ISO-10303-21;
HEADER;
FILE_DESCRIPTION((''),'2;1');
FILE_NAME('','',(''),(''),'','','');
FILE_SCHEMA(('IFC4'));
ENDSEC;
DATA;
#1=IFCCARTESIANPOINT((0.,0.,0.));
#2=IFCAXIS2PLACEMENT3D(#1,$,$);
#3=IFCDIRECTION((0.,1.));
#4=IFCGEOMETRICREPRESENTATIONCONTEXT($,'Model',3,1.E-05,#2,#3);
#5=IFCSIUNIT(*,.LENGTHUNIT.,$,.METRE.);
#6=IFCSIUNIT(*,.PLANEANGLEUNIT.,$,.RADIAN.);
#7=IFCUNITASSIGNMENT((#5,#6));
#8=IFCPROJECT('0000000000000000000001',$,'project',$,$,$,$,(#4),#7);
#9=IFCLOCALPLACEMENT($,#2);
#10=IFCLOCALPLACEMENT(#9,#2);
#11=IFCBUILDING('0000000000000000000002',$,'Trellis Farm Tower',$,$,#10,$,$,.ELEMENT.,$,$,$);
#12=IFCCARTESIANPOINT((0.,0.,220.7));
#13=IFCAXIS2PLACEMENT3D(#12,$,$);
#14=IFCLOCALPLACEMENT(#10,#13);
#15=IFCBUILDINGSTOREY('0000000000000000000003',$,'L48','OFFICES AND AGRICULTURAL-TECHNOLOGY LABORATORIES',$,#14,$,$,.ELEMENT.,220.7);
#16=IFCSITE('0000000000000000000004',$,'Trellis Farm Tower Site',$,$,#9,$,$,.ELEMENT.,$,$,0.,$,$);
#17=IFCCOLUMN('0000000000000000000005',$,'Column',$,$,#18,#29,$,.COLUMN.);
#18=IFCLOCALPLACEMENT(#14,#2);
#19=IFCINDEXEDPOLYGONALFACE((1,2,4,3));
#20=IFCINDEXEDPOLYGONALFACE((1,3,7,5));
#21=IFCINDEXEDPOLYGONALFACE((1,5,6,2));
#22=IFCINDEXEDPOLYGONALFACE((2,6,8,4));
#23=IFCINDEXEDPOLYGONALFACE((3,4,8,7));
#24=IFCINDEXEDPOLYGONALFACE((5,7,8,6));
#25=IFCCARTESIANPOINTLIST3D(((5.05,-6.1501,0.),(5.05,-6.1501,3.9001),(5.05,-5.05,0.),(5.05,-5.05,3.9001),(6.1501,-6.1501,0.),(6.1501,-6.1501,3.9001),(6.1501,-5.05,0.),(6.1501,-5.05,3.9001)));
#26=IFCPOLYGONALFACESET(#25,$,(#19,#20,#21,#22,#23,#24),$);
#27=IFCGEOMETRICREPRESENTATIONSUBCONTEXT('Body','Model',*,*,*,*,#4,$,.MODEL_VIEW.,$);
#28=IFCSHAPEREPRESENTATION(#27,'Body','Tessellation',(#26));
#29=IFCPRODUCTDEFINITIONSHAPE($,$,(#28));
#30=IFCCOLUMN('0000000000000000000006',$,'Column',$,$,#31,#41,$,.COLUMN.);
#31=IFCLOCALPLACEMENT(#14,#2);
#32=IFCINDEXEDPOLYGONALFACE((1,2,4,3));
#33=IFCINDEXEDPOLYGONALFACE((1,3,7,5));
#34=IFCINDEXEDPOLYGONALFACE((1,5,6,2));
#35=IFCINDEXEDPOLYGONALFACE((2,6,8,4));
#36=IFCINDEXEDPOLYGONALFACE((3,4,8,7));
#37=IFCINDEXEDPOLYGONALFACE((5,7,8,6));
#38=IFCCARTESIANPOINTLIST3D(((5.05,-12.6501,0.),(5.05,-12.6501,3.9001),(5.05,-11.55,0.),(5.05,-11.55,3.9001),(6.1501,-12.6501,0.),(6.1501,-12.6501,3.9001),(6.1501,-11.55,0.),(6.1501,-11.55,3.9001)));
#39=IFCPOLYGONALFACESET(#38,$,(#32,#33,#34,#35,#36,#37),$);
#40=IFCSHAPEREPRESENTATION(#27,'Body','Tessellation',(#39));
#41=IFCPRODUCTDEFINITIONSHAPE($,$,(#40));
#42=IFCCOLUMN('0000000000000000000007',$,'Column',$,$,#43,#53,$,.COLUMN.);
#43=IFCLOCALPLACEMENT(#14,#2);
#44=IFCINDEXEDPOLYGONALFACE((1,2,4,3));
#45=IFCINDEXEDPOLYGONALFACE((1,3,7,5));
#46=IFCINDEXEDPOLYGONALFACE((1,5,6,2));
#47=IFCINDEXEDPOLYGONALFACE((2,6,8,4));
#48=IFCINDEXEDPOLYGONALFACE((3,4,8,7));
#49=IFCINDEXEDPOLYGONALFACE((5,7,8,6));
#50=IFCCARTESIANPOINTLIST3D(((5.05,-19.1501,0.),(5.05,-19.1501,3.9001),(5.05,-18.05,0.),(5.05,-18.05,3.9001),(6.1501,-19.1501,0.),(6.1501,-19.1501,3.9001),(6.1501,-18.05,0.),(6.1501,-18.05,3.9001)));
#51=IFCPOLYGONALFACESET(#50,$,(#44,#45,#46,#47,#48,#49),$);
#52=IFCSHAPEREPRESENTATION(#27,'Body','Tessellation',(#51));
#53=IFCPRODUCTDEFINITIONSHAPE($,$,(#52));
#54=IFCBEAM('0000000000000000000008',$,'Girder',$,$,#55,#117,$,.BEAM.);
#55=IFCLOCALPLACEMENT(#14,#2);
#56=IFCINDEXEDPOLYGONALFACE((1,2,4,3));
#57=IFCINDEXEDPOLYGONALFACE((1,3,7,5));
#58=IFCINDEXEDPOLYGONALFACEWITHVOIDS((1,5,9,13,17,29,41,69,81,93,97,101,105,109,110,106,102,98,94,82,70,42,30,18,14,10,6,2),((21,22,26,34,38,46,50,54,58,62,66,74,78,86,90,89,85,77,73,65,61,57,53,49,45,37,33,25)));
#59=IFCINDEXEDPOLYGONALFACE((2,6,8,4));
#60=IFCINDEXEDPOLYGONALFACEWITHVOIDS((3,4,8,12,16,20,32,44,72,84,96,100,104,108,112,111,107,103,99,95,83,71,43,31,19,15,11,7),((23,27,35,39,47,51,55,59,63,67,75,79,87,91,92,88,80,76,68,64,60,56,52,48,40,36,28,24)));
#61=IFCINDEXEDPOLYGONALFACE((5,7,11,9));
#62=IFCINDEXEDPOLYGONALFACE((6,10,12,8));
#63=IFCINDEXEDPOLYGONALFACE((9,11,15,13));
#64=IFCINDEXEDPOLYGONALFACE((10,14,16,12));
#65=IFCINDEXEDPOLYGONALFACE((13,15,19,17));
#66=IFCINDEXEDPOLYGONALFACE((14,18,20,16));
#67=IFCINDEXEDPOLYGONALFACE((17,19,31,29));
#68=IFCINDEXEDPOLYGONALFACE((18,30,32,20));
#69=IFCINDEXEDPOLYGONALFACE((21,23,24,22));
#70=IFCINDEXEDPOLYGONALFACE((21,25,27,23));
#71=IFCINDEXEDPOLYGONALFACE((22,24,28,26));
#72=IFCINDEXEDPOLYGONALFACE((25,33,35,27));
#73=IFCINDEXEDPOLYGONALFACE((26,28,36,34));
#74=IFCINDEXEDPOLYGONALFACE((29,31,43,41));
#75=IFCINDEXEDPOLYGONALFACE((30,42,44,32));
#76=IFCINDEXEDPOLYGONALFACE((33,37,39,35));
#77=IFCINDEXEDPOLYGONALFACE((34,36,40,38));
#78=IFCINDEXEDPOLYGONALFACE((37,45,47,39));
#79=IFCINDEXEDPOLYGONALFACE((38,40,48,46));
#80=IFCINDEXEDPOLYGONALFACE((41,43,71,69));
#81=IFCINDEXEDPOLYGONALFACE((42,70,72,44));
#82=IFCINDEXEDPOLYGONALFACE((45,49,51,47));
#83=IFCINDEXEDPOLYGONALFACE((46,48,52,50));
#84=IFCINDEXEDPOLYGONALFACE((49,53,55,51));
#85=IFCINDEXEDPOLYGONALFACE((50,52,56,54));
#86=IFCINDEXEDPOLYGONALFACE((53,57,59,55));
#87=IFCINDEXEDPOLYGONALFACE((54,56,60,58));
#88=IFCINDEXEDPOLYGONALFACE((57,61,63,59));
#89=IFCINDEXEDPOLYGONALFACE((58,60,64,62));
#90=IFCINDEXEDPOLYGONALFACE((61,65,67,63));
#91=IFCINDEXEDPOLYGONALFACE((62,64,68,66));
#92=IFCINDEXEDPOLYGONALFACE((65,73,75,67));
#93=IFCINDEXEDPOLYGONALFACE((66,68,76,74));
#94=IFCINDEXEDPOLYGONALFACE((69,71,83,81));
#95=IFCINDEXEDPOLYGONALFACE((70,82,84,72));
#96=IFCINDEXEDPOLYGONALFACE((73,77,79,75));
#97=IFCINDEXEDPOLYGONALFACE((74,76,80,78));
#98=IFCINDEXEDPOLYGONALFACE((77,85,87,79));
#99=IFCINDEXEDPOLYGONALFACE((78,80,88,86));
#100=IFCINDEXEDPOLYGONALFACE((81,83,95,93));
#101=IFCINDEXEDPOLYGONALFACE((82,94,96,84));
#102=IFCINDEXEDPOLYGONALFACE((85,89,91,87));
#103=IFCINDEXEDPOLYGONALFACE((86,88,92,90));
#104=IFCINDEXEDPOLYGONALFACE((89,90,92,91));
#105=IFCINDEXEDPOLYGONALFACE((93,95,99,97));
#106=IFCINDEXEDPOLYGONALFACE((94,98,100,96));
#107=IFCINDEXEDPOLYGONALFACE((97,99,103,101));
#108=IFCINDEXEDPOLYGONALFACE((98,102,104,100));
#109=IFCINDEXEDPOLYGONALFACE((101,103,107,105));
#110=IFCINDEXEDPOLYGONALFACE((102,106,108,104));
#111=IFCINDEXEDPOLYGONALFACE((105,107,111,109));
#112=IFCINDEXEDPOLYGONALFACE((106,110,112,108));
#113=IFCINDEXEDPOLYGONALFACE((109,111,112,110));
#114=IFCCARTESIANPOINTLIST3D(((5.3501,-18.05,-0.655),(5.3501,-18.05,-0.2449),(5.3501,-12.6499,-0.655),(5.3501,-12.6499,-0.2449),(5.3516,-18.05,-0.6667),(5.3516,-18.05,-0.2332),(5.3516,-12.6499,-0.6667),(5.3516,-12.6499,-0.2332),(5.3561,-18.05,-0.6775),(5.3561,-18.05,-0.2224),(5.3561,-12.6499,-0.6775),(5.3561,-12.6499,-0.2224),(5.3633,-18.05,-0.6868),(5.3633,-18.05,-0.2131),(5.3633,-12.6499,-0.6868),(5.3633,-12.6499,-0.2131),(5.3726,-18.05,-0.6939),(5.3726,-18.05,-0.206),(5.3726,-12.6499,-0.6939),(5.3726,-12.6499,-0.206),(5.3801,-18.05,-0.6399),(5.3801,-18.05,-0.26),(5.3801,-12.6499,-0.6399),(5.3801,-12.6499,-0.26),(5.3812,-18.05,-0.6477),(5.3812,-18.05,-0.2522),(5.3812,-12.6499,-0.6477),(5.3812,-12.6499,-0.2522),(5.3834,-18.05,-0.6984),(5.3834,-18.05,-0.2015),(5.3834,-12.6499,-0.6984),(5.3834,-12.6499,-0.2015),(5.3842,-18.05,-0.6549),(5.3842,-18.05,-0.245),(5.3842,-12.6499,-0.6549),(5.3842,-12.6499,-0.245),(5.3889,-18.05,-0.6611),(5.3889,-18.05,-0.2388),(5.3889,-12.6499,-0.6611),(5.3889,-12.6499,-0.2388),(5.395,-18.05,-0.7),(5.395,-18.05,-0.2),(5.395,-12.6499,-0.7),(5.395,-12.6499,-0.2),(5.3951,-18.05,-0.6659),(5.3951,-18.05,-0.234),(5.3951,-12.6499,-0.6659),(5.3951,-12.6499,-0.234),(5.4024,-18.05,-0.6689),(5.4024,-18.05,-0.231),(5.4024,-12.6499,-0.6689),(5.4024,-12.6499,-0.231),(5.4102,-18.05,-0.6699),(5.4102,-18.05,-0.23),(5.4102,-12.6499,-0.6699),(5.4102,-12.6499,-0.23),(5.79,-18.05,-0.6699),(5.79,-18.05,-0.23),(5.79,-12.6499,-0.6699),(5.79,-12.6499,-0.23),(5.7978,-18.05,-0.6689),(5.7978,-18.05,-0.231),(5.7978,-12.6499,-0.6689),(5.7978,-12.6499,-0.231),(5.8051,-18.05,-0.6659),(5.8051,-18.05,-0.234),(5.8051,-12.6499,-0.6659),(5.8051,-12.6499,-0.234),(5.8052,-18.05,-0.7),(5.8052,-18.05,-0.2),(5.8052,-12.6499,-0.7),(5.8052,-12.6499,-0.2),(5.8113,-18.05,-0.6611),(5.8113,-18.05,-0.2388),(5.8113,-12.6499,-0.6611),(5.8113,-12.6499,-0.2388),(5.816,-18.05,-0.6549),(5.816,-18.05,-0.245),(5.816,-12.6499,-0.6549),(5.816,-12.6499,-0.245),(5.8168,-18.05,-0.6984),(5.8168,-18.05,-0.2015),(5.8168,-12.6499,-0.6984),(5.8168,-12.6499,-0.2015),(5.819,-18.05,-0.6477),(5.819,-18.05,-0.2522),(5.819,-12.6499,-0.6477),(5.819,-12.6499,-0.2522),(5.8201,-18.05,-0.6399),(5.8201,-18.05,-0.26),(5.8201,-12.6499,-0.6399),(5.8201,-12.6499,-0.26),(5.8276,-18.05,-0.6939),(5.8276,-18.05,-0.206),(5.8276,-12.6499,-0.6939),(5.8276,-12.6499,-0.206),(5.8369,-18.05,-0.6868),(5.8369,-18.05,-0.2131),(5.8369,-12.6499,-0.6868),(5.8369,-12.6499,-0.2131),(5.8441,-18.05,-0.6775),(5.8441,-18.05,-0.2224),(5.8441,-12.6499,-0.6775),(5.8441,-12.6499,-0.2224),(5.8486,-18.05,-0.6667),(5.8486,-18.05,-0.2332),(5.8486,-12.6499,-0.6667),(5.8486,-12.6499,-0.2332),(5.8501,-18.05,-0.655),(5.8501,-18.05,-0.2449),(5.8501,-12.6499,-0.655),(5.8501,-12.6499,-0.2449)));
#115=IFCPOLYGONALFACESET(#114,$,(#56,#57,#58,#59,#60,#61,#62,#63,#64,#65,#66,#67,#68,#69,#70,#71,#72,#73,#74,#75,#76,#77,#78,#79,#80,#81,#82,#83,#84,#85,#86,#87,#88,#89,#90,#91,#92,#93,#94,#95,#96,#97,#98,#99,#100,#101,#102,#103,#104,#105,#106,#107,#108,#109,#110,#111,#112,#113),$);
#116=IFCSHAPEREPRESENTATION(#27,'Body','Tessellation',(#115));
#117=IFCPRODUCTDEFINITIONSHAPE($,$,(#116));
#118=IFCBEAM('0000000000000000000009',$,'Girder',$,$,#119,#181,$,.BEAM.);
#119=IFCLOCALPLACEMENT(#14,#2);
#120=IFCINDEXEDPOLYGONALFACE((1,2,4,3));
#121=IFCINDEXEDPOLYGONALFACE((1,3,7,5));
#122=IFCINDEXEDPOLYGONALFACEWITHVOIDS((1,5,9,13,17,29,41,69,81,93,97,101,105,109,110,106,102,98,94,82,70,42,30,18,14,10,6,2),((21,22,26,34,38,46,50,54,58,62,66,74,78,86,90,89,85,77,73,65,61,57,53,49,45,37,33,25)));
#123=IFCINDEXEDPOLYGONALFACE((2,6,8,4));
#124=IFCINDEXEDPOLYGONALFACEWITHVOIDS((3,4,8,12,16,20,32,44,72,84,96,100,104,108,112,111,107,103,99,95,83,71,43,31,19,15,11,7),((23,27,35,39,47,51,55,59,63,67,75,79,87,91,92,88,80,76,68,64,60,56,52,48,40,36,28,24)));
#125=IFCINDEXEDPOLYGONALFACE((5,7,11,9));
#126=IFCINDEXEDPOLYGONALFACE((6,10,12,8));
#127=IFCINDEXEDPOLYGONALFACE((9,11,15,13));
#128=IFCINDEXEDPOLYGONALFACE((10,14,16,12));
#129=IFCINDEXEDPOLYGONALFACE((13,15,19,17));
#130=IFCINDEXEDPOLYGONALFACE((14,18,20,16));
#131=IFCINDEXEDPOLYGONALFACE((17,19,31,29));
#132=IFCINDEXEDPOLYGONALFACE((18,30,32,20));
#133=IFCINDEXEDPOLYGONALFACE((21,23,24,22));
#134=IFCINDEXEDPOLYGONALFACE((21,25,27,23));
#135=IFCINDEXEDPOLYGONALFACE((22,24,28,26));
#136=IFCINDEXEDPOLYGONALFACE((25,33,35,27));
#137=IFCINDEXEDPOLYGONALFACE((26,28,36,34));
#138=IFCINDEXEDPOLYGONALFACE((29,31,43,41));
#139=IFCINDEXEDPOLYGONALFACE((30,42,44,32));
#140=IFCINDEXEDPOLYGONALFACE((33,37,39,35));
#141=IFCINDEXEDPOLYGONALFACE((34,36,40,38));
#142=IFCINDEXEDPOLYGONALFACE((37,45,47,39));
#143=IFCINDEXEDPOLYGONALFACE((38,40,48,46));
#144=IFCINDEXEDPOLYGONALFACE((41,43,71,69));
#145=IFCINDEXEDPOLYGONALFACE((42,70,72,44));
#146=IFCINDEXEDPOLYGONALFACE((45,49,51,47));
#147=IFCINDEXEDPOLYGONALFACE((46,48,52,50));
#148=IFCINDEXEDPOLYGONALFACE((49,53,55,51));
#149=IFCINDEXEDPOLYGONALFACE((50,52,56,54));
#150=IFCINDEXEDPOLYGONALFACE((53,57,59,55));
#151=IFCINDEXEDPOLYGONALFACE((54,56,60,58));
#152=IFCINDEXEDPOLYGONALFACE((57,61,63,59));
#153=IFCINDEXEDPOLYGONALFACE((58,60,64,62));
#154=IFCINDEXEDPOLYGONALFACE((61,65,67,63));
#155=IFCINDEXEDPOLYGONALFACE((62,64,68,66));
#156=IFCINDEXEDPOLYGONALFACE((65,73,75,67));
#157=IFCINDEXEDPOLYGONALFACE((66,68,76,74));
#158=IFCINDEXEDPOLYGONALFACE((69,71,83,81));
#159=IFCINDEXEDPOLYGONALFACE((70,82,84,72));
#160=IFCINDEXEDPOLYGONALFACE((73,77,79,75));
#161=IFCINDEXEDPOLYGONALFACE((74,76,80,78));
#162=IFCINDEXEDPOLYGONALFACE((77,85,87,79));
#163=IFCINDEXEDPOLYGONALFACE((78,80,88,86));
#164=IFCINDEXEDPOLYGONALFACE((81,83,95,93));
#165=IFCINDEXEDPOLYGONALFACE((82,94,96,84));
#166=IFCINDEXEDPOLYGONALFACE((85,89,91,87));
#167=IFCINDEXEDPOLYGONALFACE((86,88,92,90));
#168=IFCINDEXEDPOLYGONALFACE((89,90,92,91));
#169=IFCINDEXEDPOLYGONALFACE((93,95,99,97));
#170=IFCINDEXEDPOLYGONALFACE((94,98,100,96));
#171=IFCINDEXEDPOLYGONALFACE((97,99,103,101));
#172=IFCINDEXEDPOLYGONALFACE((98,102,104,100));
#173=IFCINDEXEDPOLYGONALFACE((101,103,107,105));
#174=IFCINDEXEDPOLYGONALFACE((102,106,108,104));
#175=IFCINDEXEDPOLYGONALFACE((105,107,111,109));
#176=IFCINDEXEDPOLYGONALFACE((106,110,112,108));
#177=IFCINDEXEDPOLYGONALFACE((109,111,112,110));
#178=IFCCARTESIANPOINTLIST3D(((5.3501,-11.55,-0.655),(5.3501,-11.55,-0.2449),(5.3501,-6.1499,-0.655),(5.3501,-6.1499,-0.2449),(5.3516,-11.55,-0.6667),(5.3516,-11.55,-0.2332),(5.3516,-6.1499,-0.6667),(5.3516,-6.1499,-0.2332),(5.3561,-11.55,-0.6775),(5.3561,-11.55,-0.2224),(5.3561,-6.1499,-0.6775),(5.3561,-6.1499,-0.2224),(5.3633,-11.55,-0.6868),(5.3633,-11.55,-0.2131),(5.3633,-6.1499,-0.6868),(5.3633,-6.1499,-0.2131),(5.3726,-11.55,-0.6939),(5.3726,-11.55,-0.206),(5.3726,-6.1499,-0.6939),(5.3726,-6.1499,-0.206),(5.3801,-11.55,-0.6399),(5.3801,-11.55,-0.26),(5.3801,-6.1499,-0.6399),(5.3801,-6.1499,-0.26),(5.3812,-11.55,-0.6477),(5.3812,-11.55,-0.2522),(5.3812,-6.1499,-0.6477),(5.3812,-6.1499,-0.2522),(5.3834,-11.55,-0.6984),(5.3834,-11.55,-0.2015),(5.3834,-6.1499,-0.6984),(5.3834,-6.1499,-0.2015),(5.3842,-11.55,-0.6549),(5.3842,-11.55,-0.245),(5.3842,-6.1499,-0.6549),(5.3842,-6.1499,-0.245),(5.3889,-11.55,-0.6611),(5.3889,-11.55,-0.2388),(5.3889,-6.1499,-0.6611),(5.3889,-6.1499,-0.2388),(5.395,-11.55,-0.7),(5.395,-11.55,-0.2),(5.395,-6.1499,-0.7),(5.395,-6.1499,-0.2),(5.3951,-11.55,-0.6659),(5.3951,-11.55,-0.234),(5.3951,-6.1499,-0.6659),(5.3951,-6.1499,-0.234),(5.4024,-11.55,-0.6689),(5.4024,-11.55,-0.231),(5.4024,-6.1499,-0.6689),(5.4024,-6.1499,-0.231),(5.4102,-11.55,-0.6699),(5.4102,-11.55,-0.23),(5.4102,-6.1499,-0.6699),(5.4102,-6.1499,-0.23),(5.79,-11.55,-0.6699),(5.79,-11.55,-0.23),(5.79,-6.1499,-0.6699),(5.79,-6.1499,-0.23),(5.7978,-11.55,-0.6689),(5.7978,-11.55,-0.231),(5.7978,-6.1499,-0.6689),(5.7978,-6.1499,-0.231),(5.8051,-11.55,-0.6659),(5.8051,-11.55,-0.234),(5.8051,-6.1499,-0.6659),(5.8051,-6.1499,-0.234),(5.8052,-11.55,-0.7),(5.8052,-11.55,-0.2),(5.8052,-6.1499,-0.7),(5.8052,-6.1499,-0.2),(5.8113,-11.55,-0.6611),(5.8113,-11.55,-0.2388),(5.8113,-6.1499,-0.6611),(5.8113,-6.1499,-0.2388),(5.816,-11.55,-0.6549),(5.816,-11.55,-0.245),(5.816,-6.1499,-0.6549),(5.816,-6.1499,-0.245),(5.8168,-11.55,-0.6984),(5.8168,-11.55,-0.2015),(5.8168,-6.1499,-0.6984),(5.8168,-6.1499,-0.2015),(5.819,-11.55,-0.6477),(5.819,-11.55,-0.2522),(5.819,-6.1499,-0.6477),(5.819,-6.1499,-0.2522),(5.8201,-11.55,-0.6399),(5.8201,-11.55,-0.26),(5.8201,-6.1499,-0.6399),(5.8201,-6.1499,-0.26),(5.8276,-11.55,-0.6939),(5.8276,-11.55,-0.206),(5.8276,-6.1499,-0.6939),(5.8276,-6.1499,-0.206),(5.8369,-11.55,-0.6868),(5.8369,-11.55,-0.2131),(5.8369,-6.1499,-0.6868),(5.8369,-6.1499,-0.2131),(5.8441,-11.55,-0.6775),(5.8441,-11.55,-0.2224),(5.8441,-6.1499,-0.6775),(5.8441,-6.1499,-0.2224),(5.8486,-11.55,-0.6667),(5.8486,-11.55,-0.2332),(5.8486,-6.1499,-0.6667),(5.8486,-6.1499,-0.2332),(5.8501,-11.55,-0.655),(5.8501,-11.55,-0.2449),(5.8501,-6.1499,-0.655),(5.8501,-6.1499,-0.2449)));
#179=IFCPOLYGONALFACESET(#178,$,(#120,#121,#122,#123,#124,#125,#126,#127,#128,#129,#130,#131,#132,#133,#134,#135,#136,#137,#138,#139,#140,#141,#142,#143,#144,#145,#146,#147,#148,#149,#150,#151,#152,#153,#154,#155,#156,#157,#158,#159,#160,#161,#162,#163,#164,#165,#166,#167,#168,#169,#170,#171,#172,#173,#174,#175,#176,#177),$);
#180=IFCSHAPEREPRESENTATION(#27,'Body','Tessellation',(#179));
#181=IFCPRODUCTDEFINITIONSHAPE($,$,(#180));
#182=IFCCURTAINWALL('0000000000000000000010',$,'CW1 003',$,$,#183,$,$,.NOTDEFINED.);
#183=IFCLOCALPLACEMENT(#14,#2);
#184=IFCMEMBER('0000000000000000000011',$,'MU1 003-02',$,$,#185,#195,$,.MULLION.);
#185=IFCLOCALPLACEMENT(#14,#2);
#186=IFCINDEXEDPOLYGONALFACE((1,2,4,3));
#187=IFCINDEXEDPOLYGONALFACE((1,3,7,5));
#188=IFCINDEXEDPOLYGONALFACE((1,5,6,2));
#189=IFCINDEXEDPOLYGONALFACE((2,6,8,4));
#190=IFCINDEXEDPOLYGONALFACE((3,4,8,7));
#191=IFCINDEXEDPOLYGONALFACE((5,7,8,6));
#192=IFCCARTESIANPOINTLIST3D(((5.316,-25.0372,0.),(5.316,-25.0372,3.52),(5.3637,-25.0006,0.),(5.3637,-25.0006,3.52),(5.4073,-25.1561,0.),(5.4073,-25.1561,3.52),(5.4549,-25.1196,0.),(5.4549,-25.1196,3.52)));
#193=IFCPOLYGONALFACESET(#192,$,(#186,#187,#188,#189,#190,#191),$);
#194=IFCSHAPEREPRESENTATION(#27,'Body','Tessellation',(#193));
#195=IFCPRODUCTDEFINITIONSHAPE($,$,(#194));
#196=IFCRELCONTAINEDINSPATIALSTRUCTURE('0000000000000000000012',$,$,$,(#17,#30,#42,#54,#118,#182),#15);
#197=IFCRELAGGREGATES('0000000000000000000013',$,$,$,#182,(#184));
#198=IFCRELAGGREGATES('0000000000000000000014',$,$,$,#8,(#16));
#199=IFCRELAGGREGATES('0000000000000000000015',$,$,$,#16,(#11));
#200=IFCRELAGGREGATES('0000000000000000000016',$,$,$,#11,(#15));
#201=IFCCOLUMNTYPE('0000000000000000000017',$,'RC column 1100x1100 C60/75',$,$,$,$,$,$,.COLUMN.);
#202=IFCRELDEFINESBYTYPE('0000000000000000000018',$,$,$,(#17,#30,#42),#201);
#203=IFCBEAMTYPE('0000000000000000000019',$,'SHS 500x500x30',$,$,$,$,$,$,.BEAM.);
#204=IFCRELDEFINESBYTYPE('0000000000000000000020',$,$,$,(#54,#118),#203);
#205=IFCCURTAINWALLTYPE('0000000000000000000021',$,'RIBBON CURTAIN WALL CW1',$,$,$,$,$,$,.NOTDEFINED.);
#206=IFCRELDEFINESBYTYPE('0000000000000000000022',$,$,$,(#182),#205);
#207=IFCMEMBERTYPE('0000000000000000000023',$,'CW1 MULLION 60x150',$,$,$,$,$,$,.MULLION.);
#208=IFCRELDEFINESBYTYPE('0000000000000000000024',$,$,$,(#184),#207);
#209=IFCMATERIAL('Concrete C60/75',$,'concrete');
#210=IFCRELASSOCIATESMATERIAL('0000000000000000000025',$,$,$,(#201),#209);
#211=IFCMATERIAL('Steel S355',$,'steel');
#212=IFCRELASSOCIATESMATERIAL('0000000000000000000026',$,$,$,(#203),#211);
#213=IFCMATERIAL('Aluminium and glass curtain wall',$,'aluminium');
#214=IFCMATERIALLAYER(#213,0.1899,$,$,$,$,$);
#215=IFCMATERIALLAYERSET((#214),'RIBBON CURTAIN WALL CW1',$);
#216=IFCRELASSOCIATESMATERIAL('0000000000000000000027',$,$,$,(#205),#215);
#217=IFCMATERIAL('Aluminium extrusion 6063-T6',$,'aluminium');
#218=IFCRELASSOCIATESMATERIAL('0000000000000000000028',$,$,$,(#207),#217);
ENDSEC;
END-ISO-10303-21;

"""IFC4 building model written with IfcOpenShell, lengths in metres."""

from ifc_helpers import new_model, si_unit, direction, frame, origin, origin_2d, place, context, subcontext, project, spatial, rectangle, hollow_rectangle, extrude, source, transform, mapped, material, layer, layer_set, material_profile, profile_set, type_object, element, aggregate, save


model = new_model("IFC4")

# Units and contexts
model_context = context("Model", 3, precision=1e-05, world=origin(), true_north=direction((0.0, 1.0)))
body_context = subcontext(model_context, "Body", "Model", "MODEL_VIEW")
ifc_project = project(units=[si_unit("LENGTHUNIT", "METRE"), si_unit("PLANEANGLEUNIT", "RADIAN")], contexts=[model_context])

# Site, building, storey
site_placement = place(None, origin())
site = spatial("IfcSite", under=ifc_project, at=site_placement, Name="Trellis Farm Tower Site", CompositionType="ELEMENT", RefElevation=0.0)
building_placement = place(site_placement, origin())
building = spatial("IfcBuilding", under=site, at=building_placement, Name="Trellis Farm Tower", CompositionType="ELEMENT")
storey_placement = place(building_placement, frame((0.0, 0.0, 220.7)))
storey = spatial("IfcBuildingStorey", under=building, at=storey_placement, Name="L48", Description="OFFICES AND AGRICULTURAL-TECHNOLOGY LABORATORIES", CompositionType="ELEMENT", Elevation=220.7)

# Columns
ifc_material_1 = material(Name="Concrete C60/75", Category="concrete")
ifc_material_profile_1 = material_profile(ifc_material_1, rectangle(XDim=1.1001, YDim=1.1001, at=origin_2d()), Name="RC column 1100x1100 C60/75")
ifc_profile_set_1 = profile_set([ifc_material_profile_1], Name="Concrete C60/75")
column_type = type_object("IfcColumnType", Name="RC column 1100x1100 C60/75", PredefinedType="COLUMN", material=ifc_profile_set_1)
shared_shape_1 = source(origin(), body_context, "Body", "SweptSolid", [
    extrude(rectangle(XDim=1.1001, YDim=1.1001, at=origin_2d()), origin(), (0.0, 0.0, 1.0), 3.9001),
])
for number, where, z_axis, x_axis, name in (
    (1, (5.6001, -5.6001, 0.0), (0.0, 0.0, 1.0), (1.0, 0.0, 0.0), "Column"),
    (2, (5.6001, -12.1001, 0.0), (0.0, 0.0, 1.0), (1.0, 0.0, 0.0), "Column"),
    (3, (5.6001, -18.6001, 0.0), (0.0, 0.0, 1.0), (1.0, 0.0, 0.0), "Column"),
):
    element("IfcColumn", number, at=place(storey_placement, frame(where, z_axis=z_axis, x_axis=x_axis)), inside=storey, type_object=column_type, Name=name, PredefinedType="COLUMN", context=body_context, shape_type="MappedRepresentation", body=[
        mapped(shared_shape_1, transform((0.0, 0.0, 0.0))),
    ])

# Beams
ifc_material_2 = material(Name="Steel S355", Category="steel")
ifc_material_profile_2 = material_profile(ifc_material_2, hollow_rectangle(XDim=0.5, YDim=0.5, WallThickness=0.03, InnerFilletRadius=0.03, OuterFilletRadius=0.0449, at=origin_2d()), Name="SHS 500x500x30")
ifc_profile_set_2 = profile_set([ifc_material_profile_2], Name="Steel S355")
beam_type = type_object("IfcBeamType", Name="SHS 500x500x30", PredefinedType="BEAM", material=ifc_profile_set_2)
shared_shape_2 = source(origin(), body_context, "Body", "SweptSolid", [
    extrude(hollow_rectangle(XDim=0.5, YDim=0.5, WallThickness=0.03, InnerFilletRadius=0.03, OuterFilletRadius=0.0449, at=origin_2d()), origin(), (0.0, 0.0, 1.0), 5.4001),
])
for number, where, z_axis, x_axis, name in (
    (4, (5.6001, -18.05, -0.45), (0.0, 1.0, 0.0), (-1.0, 0.0, 0.0), "Girder"),
    (5, (5.6001, -11.55, -0.45), (0.0, 1.0, 0.0), (-1.0, 0.0, 0.0), "Girder"),
):
    element("IfcBeam", number, at=place(storey_placement, frame(where, z_axis=z_axis, x_axis=x_axis)), inside=storey, type_object=beam_type, Name=name, PredefinedType="BEAM", context=body_context, shape_type="MappedRepresentation", body=[
        mapped(shared_shape_2, transform((0.0, 0.0, 0.0))),
    ])

# Curtain wall, member
ifc_material_3 = material(Name="Aluminium and glass curtain wall", Category="aluminium")
ifc_layer_1 = layer(ifc_material_3, 0.1899)
ifc_layer_set_1 = layer_set([ifc_layer_1], Name="RIBBON CURTAIN WALL CW1")
curtain_wall_type_1 = type_object("IfcCurtainWallType", Name="RIBBON CURTAIN WALL CW1", PredefinedType="NOTDEFINED", material=ifc_layer_set_1)
placement = place(storey_placement, origin())
curtain_wall_1 = element("IfcCurtainWall", 6, at=placement, inside=storey, type_object=curtain_wall_type_1, Name="CW1 003", PredefinedType="NOTDEFINED")
ifc_material_4 = material(Name="Aluminium extrusion 6063-T6", Category="aluminium")
ifc_material_profile_3 = material_profile(ifc_material_4, rectangle(XDim=0.0601, YDim=0.1499, at=origin_2d()), Name="MULLION 60x150")
ifc_profile_set_3 = profile_set([ifc_material_profile_3], Name="Aluminium extrusion 6063-T6")
member_type_1 = type_object("IfcMemberType", Name="CW1 MULLION 60x150", PredefinedType="MULLION", material=ifc_profile_set_3)
shared_shape_3 = source(origin(), body_context, "Body", "SweptSolid", [
    extrude(rectangle(XDim=0.0601, YDim=0.1499, at=origin_2d()), origin(), (0.0, 0.0, 1.0), 3.52),
])
member_1_placement = place(storey_placement, frame((5.3855, -25.0784, 0.0), z_axis=(0.0, 0.0, 1.0), x_axis=(0.793353, 0.608761, 0.0)))
member_1 = element("IfcMember", 7, at=member_1_placement, type_object=member_type_1, Name="MU1 003-02", PredefinedType="MULLION", context=body_context, shape_type="MappedRepresentation", body=[
    mapped(shared_shape_3, transform((0.0, 0.0, 0.0))),
])
aggregate(curtain_wall_1, [member_1])

save(model, "model.ifc")
